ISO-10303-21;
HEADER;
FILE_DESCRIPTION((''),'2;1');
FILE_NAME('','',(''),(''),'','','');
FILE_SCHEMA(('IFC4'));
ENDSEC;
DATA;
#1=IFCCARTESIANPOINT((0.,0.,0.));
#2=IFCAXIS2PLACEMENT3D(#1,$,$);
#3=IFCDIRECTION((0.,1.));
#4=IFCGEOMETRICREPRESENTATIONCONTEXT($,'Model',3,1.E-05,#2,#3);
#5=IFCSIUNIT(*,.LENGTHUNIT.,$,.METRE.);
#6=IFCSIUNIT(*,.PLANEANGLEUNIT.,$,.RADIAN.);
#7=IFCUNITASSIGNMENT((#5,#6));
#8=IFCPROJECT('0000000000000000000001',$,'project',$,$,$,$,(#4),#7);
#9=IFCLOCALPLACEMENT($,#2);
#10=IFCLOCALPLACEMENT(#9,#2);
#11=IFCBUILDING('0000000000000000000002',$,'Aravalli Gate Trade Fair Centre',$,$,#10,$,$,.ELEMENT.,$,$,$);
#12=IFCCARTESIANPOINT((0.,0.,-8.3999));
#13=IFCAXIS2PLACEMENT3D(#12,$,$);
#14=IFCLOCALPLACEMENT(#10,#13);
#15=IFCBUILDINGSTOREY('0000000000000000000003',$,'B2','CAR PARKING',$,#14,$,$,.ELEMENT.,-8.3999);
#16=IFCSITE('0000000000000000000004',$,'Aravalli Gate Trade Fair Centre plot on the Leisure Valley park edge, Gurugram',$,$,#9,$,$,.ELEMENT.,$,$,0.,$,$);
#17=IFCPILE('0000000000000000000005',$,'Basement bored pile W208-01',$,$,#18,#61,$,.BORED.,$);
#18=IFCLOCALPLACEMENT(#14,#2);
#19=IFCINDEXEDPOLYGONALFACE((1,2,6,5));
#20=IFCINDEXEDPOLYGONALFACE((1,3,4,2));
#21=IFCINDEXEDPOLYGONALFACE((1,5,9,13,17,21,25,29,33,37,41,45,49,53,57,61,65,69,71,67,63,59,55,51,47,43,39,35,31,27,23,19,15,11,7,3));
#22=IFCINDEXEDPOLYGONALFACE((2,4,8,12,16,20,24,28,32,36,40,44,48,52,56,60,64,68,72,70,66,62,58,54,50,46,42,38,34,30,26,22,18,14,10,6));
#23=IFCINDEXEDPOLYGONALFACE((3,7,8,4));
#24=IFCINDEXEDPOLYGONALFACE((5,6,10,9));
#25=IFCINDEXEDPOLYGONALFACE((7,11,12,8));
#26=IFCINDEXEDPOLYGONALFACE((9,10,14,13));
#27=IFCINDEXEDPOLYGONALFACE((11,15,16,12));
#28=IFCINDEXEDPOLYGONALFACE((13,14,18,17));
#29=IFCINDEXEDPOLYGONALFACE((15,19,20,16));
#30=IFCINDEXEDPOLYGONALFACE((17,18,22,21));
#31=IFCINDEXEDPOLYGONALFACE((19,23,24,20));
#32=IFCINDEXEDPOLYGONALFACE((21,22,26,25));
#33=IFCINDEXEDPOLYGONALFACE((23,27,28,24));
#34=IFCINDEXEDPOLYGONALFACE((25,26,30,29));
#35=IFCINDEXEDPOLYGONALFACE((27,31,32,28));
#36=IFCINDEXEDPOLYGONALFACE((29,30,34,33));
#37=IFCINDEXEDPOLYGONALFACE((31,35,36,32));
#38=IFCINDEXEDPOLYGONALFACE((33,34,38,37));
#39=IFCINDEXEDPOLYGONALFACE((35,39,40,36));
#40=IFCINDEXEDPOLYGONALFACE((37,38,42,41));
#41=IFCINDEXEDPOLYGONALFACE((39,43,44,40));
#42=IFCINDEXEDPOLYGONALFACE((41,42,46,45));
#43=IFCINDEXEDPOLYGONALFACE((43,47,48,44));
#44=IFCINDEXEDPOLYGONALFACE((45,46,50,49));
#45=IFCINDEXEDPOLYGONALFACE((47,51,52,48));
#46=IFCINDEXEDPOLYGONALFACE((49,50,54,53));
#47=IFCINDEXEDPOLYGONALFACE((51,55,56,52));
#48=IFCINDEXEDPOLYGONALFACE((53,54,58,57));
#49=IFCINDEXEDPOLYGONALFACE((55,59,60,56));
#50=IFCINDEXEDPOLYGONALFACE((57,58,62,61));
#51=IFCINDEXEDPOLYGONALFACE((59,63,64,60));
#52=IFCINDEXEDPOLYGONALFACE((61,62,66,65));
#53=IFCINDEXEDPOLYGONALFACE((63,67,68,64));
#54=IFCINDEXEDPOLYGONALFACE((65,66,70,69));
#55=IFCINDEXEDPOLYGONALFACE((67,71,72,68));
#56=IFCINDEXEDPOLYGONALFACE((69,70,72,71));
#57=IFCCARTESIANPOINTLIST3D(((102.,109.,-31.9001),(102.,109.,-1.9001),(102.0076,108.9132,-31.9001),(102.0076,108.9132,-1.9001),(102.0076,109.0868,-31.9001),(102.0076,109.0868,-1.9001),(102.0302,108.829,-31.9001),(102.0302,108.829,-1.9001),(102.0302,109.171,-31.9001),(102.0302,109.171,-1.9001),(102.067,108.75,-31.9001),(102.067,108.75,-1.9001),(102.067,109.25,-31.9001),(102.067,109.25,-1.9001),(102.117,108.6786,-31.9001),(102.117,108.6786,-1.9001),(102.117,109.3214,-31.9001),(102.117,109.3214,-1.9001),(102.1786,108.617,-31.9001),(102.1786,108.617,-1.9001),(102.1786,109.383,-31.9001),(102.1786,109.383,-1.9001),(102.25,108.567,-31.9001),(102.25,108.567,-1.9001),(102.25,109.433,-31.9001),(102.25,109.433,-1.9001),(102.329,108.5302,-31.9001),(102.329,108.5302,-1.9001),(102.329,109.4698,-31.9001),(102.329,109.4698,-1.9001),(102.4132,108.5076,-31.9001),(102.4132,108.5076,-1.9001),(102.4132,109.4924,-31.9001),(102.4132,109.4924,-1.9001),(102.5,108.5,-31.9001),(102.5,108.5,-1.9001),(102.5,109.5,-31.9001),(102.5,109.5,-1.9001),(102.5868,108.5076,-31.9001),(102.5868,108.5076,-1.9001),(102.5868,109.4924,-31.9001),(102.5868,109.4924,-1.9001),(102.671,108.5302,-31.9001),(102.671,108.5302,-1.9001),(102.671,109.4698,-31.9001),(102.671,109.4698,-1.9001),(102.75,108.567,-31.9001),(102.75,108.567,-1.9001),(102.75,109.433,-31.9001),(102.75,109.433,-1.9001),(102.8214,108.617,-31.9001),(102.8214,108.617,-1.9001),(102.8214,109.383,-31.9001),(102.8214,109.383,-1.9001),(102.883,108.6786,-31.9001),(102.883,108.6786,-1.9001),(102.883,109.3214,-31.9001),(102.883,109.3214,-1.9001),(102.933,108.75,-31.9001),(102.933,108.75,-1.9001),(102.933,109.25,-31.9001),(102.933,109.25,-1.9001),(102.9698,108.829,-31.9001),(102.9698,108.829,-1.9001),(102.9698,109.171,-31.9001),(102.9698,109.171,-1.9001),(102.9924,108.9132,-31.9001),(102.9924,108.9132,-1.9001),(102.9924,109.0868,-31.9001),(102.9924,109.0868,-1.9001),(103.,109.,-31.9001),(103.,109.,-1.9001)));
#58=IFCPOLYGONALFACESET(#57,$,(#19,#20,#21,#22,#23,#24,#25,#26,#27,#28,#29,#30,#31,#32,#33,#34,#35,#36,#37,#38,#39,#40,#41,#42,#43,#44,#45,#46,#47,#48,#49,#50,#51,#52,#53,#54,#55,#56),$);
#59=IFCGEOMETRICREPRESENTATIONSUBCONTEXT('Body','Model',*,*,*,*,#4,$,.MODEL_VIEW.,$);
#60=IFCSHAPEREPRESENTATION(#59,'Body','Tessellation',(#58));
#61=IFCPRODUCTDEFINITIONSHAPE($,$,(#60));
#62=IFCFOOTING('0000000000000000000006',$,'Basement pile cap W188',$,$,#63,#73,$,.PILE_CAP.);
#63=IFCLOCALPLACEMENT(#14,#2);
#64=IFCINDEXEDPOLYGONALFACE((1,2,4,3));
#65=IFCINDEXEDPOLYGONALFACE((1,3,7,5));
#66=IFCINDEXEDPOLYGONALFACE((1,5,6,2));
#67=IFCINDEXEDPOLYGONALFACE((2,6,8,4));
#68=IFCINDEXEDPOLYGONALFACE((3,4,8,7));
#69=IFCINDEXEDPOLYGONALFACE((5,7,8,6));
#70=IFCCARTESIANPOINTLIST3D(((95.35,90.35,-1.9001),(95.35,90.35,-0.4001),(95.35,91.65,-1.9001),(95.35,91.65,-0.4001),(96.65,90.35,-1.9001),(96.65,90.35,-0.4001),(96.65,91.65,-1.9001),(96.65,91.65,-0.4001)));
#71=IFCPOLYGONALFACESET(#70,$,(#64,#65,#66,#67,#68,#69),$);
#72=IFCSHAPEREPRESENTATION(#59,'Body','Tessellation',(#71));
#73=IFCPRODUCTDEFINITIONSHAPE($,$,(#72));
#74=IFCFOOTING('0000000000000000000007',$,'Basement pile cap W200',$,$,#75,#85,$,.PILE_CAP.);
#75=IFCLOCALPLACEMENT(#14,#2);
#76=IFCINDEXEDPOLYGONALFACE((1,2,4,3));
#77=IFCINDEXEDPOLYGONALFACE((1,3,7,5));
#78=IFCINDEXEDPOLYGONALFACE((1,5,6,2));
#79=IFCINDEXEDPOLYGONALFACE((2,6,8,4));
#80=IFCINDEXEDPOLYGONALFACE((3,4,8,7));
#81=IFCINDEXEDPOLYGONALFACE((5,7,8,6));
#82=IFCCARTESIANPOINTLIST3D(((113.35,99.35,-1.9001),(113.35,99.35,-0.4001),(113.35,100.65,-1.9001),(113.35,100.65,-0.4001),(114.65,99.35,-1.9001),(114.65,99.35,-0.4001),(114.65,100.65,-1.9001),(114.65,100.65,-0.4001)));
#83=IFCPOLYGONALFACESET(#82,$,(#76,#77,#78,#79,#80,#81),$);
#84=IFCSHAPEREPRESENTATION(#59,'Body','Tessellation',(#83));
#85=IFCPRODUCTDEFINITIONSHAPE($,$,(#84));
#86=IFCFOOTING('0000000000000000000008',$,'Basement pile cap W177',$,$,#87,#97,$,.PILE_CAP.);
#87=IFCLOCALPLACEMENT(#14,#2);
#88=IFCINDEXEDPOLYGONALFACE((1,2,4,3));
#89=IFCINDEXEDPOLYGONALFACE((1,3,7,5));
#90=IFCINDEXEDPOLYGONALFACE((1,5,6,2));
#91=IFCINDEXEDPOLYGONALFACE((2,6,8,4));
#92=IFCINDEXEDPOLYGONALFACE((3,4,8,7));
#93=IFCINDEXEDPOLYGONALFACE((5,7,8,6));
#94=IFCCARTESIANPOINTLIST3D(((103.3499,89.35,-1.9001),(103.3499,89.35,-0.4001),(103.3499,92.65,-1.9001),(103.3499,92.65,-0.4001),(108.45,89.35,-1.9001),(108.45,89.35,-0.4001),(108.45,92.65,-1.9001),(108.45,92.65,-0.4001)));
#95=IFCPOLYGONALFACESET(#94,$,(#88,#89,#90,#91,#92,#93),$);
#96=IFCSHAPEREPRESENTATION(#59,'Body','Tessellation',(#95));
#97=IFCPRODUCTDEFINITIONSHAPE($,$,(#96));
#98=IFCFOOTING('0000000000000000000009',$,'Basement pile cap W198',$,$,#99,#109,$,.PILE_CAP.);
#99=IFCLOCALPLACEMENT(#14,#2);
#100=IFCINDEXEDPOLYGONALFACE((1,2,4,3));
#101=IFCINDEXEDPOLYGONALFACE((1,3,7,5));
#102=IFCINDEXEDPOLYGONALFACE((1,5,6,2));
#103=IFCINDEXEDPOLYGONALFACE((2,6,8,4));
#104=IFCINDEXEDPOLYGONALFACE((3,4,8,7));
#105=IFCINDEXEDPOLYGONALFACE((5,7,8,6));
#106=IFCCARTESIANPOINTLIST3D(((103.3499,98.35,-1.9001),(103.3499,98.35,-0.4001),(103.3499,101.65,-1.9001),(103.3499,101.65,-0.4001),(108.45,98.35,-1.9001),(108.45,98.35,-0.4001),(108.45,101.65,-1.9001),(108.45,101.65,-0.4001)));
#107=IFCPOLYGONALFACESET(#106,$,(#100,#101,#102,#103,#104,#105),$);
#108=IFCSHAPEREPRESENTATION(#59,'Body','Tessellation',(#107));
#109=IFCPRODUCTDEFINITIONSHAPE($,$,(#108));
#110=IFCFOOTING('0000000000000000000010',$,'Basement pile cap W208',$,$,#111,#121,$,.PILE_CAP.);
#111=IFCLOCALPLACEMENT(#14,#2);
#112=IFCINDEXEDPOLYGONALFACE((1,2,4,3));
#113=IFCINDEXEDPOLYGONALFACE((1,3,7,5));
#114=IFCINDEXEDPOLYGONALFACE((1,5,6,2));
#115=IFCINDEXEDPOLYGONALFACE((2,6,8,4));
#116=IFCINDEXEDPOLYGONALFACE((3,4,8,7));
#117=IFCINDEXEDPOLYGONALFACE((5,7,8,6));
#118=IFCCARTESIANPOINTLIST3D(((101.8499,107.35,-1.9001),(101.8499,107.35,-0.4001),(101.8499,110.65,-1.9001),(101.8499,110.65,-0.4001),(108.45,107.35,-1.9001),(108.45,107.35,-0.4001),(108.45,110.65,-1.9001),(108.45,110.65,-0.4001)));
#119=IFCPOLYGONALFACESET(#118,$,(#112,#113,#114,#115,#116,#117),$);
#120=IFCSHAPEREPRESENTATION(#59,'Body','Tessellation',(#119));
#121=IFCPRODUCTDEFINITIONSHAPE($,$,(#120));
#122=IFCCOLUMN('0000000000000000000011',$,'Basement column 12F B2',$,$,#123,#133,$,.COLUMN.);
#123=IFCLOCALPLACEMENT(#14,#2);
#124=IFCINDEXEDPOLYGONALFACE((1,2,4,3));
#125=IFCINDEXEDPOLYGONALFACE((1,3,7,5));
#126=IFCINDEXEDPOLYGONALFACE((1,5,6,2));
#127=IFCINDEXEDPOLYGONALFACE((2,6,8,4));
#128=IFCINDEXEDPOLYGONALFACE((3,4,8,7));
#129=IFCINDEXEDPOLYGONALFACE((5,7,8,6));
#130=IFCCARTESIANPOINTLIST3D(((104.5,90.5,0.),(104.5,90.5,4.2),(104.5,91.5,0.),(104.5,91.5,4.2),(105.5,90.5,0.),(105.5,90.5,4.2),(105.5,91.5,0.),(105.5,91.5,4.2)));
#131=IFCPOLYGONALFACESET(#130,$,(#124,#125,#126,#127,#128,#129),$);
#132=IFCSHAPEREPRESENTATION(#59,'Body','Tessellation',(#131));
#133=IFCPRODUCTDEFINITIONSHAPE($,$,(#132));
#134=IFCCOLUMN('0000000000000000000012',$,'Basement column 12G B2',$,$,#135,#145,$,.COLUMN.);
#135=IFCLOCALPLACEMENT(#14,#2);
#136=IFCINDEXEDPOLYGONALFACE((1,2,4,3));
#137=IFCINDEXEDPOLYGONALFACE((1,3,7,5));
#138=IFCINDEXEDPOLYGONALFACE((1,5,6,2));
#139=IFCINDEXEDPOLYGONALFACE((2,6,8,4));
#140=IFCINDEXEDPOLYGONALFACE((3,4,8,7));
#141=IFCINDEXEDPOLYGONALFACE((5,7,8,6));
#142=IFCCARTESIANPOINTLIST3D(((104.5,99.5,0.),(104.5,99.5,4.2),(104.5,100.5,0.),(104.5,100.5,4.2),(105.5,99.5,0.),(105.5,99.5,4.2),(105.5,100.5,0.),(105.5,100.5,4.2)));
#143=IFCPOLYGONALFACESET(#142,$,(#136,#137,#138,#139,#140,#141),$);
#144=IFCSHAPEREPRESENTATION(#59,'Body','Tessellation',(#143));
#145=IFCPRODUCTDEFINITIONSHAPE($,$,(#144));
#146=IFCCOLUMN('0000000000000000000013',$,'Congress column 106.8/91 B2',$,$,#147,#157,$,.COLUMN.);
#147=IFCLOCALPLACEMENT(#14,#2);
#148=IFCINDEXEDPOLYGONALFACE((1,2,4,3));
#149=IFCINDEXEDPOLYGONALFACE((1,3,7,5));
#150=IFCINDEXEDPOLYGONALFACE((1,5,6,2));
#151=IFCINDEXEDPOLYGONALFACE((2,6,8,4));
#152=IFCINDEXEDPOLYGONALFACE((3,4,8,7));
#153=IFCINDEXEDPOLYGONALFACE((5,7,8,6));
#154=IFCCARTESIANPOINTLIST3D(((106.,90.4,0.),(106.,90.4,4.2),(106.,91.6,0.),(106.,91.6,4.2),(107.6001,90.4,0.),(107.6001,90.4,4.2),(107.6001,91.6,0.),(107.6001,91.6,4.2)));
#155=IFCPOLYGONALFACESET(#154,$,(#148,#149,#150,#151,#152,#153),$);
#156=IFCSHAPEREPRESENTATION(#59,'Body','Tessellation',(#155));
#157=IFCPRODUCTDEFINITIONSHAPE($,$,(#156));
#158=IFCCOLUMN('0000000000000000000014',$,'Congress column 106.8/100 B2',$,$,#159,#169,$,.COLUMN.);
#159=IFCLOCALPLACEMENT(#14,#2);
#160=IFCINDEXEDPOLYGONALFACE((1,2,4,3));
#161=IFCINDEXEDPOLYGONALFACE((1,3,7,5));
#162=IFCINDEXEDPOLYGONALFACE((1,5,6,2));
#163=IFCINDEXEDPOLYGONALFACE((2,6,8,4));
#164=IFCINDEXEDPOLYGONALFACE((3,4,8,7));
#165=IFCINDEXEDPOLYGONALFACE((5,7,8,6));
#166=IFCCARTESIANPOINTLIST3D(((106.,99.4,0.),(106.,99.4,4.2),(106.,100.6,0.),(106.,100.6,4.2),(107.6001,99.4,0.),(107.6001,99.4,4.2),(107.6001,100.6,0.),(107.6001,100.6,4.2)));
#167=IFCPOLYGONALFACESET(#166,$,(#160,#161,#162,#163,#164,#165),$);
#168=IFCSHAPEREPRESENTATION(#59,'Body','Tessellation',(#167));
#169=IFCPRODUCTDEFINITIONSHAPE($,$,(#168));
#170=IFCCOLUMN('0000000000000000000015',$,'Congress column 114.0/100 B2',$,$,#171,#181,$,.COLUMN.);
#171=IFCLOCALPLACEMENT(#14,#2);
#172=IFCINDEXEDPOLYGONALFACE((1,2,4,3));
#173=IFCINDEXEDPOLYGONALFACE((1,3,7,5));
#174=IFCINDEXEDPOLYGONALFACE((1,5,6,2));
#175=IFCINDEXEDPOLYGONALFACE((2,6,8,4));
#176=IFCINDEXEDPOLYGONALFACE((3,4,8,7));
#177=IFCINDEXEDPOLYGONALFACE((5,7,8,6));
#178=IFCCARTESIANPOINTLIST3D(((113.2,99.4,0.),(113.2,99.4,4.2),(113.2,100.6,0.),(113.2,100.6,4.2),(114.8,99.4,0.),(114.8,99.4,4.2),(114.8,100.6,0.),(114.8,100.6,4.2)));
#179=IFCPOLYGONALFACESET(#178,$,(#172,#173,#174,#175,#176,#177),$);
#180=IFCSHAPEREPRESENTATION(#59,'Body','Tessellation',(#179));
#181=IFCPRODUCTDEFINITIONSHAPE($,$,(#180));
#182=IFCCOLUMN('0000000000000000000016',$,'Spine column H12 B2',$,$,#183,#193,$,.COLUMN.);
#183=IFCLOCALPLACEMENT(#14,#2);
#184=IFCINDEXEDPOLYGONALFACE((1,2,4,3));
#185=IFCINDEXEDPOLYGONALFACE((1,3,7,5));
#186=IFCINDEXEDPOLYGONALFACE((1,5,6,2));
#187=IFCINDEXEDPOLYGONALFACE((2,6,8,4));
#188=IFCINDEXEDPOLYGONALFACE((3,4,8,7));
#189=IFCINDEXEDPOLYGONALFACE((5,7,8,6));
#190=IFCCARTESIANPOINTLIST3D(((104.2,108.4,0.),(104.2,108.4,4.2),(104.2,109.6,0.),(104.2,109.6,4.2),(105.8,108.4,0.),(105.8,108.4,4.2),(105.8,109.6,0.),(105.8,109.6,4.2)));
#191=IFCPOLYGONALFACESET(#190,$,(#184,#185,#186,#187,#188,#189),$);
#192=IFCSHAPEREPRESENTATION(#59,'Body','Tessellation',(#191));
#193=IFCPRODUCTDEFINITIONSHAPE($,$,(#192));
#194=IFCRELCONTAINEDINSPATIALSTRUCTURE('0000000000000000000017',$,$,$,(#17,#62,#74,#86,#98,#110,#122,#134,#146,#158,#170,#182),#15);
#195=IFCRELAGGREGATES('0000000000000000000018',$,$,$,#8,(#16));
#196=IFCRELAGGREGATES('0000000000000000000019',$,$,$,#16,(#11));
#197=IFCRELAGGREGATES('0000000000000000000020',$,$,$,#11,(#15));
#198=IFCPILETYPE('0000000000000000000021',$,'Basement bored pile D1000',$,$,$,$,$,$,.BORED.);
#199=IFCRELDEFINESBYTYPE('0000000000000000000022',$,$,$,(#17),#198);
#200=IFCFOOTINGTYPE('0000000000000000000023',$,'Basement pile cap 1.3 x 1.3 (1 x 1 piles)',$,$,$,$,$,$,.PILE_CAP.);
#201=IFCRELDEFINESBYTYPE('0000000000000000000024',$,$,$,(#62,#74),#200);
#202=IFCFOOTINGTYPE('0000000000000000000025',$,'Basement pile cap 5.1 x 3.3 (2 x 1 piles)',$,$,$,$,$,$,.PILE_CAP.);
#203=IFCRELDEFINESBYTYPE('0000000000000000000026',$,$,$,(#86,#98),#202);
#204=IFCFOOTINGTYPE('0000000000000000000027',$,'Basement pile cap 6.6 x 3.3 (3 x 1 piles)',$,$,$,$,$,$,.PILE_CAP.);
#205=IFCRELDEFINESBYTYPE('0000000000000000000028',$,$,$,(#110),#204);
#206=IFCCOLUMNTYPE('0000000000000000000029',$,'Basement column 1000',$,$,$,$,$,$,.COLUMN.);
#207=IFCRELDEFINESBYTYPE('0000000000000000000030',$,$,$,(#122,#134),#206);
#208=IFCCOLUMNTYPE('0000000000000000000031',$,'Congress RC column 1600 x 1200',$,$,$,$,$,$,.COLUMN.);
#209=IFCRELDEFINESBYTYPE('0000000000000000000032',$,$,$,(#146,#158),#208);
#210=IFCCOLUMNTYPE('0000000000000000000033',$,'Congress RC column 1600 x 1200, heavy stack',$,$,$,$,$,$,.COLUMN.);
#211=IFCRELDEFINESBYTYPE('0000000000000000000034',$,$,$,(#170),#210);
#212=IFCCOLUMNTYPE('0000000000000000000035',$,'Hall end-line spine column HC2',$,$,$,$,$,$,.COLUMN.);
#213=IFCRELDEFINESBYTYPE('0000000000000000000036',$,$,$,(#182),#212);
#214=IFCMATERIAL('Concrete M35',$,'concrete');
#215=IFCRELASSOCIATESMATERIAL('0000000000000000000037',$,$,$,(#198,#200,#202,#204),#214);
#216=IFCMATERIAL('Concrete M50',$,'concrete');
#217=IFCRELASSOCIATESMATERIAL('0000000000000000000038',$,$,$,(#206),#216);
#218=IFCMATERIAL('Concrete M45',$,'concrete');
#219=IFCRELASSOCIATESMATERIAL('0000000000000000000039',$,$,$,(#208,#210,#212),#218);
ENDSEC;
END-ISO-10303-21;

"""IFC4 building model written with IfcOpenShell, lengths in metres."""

from ifc_helpers import new_model, si_unit, direction, frame, origin, origin_2d, place, context, subcontext, project, spatial, rectangle, circle, extrude, material, material_profile, profile_set, type_object, element, save


model = new_model("IFC4")

# Units and contexts
model_context = context("Model", 3, precision=1e-05, world=origin(), true_north=direction((0.0, 1.0)))
body_context = subcontext(model_context, "Body", "Model", "MODEL_VIEW")
ifc_project = project(units=[si_unit("LENGTHUNIT", "METRE"), si_unit("PLANEANGLEUNIT", "RADIAN")], contexts=[model_context])

# Site, building, storey
site_placement = place(None, origin())
site = spatial("IfcSite", under=ifc_project, at=site_placement, Name="Aravalli Gate Trade Fair Centre plot on the Leisure Valley park edge, Gurugram", CompositionType="ELEMENT", RefElevation=0.0)
building_placement = place(site_placement, origin())
building = spatial("IfcBuilding", under=site, at=building_placement, Name="Aravalli Gate Trade Fair Centre", CompositionType="ELEMENT")
storey_placement = place(building_placement, frame((0.0, 0.0, -8.3999)))
storey = spatial("IfcBuildingStorey", under=building, at=storey_placement, Name="B2", Description="CAR PARKING", CompositionType="ELEMENT", Elevation=-8.3999)

# Pile
ifc_material_1 = material(Name="Concrete M35", Category="concrete")
ifc_material_profile_1 = material_profile(ifc_material_1, circle(Radius=0.5, at=origin_2d()), Name="D1000")
ifc_profile_set_1 = profile_set([ifc_material_profile_1], Name="Concrete M35")
pile_type = type_object("IfcPileType", Name="Basement bored pile D1000", PredefinedType="BORED", material=ifc_profile_set_1)
for number, where, z_axis, x_axis, name in (
    (1, (102.5, 109.0, -1.9001), (0.0, 0.0, -1.0), (1.0, 0.0, 0.0), "Basement bored pile W208-01"),
):
    element("IfcPile", number, at=place(storey_placement, frame(where, z_axis=z_axis, x_axis=x_axis)), inside=storey, type_object=pile_type, Name=name, PredefinedType="BORED", context=body_context, shape_type="SweptSolid", body=[
        extrude(circle(Radius=0.5, at=origin_2d()), origin(), (0.0, 0.0, 1.0), 30.0),
    ])

# Footings
footing_type_1 = type_object("IfcFootingType", Name="Basement pile cap 1.3 x 1.3 (1 x 1 piles)", PredefinedType="PILE_CAP", material=ifc_material_1)
for number, where, z_axis, x_axis, name in (
    (2, (96.0, 91.0, -1.9001), (0.0, 0.0, 1.0), (1.0, 0.0, 0.0), "Basement pile cap W188"),
    (3, (114.0, 100.0, -1.9001), (0.0, 0.0, 1.0), (1.0, 0.0, 0.0), "Basement pile cap W200"),
):
    element("IfcFooting", number, at=place(storey_placement, frame(where, z_axis=z_axis, x_axis=x_axis)), inside=storey, type_object=footing_type_1, Name=name, PredefinedType="PILE_CAP", context=body_context, shape_type="SweptSolid", body=[
        extrude(rectangle(XDim=1.3, YDim=1.3, at=origin_2d()), origin(), (0.0, 0.0, 1.0), 1.5),
    ])
footing_type_2 = type_object("IfcFootingType", Name="Basement pile cap 5.1 x 3.3 (2 x 1 piles)", PredefinedType="PILE_CAP", material=ifc_material_1)
for number, where, z_axis, x_axis, name in (
    (4, (105.8999, 91.0, -1.9001), (0.0, 0.0, 1.0), (1.0, 0.0, 0.0), "Basement pile cap W177"),
    (5, (105.8999, 100.0, -1.9001), (0.0, 0.0, 1.0), (1.0, 0.0, 0.0), "Basement pile cap W198"),
):
    element("IfcFooting", number, at=place(storey_placement, frame(where, z_axis=z_axis, x_axis=x_axis)), inside=storey, type_object=footing_type_2, Name=name, PredefinedType="PILE_CAP", context=body_context, shape_type="SweptSolid", body=[
        extrude(rectangle(XDim=5.1001, YDim=3.3, at=origin_2d()), origin(), (0.0, 0.0, 1.0), 1.5),
    ])
footing_type_3 = type_object("IfcFootingType", Name="Basement pile cap 6.6 x 3.3 (3 x 1 piles)", PredefinedType="PILE_CAP", material=ifc_material_1)
footing_placement = place(storey_placement, frame((105.1499, 109.0, -1.9001), z_axis=(0.0, 0.0, 1.0), x_axis=(1.0, 0.0, 0.0)))
element("IfcFooting", 6, at=footing_placement, inside=storey, type_object=footing_type_3, Name="Basement pile cap W208", PredefinedType="PILE_CAP", context=body_context, shape_type="SweptSolid", body=[
    extrude(rectangle(XDim=6.6001, YDim=3.3, at=origin_2d()), origin(), (0.0, 0.0, 1.0), 1.5),
])

# Columns
ifc_material_2 = material(Name="Concrete M50", Category="concrete")
ifc_material_profile_2 = material_profile(ifc_material_2, rectangle(XDim=1.0, YDim=1.0, at=origin_2d()), Name="RC 1000 x 1000")
ifc_profile_set_2 = profile_set([ifc_material_profile_2], Name="Concrete M50")
column_type_1 = type_object("IfcColumnType", Name="Basement column 1000", PredefinedType="COLUMN", material=ifc_profile_set_2)
for number, where, z_axis, x_axis, name in (
    (7, (105.0, 91.0, 0.0), (0.0, 0.0, 1.0), (1.0, 0.0, 0.0), "Basement column 12F B2"),
    (8, (105.0, 100.0, 0.0), (0.0, 0.0, 1.0), (1.0, 0.0, 0.0), "Basement column 12G B2"),
):
    element("IfcColumn", number, at=place(storey_placement, frame(where, z_axis=z_axis, x_axis=x_axis)), inside=storey, type_object=column_type_1, Name=name, PredefinedType="COLUMN", context=body_context, shape_type="SweptSolid", body=[
        extrude(rectangle(XDim=1.0, YDim=1.0, at=origin_2d()), origin(), (0.0, 0.0, 1.0), 4.2),
    ])
ifc_material_3 = material(Name="Concrete M45", Category="concrete")
ifc_material_profile_3 = material_profile(ifc_material_3, rectangle(XDim=1.6001, YDim=1.2, at=origin_2d()), Name="RC 1600x1200")
ifc_profile_set_3 = profile_set([ifc_material_profile_3], Name="Concrete M45")
column_type_2 = type_object("IfcColumnType", Name="Congress RC column 1600 x 1200", PredefinedType="COLUMN", material=ifc_profile_set_3)
for number, where, z_axis, x_axis, name in (
    (9, (106.8, 91.0, 0.0), (0.0, 0.0, 1.0), (1.0, 0.0, 0.0), "Congress column 106.8/91 B2"),
    (10, (106.8, 100.0, 0.0), (0.0, 0.0, 1.0), (1.0, 0.0, 0.0), "Congress column 106.8/100 B2"),
):
    element("IfcColumn", number, at=place(storey_placement, frame(where, z_axis=z_axis, x_axis=x_axis)), inside=storey, type_object=column_type_2, Name=name, PredefinedType="COLUMN", context=body_context, shape_type="SweptSolid", body=[
        extrude(rectangle(XDim=1.6001, YDim=1.2, at=origin_2d()), origin(), (0.0, 0.0, 1.0), 4.2),
    ])
ifc_material_profile_4 = material_profile(ifc_material_3, rectangle(XDim=1.6001, YDim=1.2, at=origin_2d()), Name="RC 1600x1200")
ifc_profile_set_4 = profile_set([ifc_material_profile_4], Name="Concrete M45")
column_type_3 = type_object("IfcColumnType", Name="Congress RC column 1600 x 1200, heavy stack", PredefinedType="COLUMN", material=ifc_profile_set_4)
column_1_placement = place(storey_placement, frame((114.0, 100.0, 0.0), z_axis=(0.0, 0.0, 1.0), x_axis=(1.0, 0.0, 0.0)))
element("IfcColumn", 11, at=column_1_placement, inside=storey, type_object=column_type_3, Name="Congress column 114.0/100 B2", PredefinedType="COLUMN", context=body_context, shape_type="SweptSolid", body=[
    extrude(rectangle(XDim=1.6001, YDim=1.2, at=origin_2d()), origin(), (0.0, 0.0, 1.0), 4.2),
])
ifc_material_profile_5 = material_profile(ifc_material_3, rectangle(XDim=1.6001, YDim=1.2, at=origin_2d()), Name="RC 1600x1200")
ifc_profile_set_5 = profile_set([ifc_material_profile_5], Name="Concrete M45")
column_type_4 = type_object("IfcColumnType", Name="Hall end-line spine column HC2", PredefinedType="COLUMN", material=ifc_profile_set_5)
column_2_placement = place(storey_placement, frame((105.0, 109.0, 0.0), z_axis=(0.0, 0.0, 1.0), x_axis=(1.0, 0.0, 0.0)))
element("IfcColumn", 12, at=column_2_placement, inside=storey, type_object=column_type_4, Name="Spine column H12 B2", PredefinedType="COLUMN", context=body_context, shape_type="SweptSolid", body=[
    extrude(rectangle(XDim=1.6001, YDim=1.2, at=origin_2d()), origin(), (0.0, 0.0, 1.0), 4.2),
])

save(model, "model.ifc")
